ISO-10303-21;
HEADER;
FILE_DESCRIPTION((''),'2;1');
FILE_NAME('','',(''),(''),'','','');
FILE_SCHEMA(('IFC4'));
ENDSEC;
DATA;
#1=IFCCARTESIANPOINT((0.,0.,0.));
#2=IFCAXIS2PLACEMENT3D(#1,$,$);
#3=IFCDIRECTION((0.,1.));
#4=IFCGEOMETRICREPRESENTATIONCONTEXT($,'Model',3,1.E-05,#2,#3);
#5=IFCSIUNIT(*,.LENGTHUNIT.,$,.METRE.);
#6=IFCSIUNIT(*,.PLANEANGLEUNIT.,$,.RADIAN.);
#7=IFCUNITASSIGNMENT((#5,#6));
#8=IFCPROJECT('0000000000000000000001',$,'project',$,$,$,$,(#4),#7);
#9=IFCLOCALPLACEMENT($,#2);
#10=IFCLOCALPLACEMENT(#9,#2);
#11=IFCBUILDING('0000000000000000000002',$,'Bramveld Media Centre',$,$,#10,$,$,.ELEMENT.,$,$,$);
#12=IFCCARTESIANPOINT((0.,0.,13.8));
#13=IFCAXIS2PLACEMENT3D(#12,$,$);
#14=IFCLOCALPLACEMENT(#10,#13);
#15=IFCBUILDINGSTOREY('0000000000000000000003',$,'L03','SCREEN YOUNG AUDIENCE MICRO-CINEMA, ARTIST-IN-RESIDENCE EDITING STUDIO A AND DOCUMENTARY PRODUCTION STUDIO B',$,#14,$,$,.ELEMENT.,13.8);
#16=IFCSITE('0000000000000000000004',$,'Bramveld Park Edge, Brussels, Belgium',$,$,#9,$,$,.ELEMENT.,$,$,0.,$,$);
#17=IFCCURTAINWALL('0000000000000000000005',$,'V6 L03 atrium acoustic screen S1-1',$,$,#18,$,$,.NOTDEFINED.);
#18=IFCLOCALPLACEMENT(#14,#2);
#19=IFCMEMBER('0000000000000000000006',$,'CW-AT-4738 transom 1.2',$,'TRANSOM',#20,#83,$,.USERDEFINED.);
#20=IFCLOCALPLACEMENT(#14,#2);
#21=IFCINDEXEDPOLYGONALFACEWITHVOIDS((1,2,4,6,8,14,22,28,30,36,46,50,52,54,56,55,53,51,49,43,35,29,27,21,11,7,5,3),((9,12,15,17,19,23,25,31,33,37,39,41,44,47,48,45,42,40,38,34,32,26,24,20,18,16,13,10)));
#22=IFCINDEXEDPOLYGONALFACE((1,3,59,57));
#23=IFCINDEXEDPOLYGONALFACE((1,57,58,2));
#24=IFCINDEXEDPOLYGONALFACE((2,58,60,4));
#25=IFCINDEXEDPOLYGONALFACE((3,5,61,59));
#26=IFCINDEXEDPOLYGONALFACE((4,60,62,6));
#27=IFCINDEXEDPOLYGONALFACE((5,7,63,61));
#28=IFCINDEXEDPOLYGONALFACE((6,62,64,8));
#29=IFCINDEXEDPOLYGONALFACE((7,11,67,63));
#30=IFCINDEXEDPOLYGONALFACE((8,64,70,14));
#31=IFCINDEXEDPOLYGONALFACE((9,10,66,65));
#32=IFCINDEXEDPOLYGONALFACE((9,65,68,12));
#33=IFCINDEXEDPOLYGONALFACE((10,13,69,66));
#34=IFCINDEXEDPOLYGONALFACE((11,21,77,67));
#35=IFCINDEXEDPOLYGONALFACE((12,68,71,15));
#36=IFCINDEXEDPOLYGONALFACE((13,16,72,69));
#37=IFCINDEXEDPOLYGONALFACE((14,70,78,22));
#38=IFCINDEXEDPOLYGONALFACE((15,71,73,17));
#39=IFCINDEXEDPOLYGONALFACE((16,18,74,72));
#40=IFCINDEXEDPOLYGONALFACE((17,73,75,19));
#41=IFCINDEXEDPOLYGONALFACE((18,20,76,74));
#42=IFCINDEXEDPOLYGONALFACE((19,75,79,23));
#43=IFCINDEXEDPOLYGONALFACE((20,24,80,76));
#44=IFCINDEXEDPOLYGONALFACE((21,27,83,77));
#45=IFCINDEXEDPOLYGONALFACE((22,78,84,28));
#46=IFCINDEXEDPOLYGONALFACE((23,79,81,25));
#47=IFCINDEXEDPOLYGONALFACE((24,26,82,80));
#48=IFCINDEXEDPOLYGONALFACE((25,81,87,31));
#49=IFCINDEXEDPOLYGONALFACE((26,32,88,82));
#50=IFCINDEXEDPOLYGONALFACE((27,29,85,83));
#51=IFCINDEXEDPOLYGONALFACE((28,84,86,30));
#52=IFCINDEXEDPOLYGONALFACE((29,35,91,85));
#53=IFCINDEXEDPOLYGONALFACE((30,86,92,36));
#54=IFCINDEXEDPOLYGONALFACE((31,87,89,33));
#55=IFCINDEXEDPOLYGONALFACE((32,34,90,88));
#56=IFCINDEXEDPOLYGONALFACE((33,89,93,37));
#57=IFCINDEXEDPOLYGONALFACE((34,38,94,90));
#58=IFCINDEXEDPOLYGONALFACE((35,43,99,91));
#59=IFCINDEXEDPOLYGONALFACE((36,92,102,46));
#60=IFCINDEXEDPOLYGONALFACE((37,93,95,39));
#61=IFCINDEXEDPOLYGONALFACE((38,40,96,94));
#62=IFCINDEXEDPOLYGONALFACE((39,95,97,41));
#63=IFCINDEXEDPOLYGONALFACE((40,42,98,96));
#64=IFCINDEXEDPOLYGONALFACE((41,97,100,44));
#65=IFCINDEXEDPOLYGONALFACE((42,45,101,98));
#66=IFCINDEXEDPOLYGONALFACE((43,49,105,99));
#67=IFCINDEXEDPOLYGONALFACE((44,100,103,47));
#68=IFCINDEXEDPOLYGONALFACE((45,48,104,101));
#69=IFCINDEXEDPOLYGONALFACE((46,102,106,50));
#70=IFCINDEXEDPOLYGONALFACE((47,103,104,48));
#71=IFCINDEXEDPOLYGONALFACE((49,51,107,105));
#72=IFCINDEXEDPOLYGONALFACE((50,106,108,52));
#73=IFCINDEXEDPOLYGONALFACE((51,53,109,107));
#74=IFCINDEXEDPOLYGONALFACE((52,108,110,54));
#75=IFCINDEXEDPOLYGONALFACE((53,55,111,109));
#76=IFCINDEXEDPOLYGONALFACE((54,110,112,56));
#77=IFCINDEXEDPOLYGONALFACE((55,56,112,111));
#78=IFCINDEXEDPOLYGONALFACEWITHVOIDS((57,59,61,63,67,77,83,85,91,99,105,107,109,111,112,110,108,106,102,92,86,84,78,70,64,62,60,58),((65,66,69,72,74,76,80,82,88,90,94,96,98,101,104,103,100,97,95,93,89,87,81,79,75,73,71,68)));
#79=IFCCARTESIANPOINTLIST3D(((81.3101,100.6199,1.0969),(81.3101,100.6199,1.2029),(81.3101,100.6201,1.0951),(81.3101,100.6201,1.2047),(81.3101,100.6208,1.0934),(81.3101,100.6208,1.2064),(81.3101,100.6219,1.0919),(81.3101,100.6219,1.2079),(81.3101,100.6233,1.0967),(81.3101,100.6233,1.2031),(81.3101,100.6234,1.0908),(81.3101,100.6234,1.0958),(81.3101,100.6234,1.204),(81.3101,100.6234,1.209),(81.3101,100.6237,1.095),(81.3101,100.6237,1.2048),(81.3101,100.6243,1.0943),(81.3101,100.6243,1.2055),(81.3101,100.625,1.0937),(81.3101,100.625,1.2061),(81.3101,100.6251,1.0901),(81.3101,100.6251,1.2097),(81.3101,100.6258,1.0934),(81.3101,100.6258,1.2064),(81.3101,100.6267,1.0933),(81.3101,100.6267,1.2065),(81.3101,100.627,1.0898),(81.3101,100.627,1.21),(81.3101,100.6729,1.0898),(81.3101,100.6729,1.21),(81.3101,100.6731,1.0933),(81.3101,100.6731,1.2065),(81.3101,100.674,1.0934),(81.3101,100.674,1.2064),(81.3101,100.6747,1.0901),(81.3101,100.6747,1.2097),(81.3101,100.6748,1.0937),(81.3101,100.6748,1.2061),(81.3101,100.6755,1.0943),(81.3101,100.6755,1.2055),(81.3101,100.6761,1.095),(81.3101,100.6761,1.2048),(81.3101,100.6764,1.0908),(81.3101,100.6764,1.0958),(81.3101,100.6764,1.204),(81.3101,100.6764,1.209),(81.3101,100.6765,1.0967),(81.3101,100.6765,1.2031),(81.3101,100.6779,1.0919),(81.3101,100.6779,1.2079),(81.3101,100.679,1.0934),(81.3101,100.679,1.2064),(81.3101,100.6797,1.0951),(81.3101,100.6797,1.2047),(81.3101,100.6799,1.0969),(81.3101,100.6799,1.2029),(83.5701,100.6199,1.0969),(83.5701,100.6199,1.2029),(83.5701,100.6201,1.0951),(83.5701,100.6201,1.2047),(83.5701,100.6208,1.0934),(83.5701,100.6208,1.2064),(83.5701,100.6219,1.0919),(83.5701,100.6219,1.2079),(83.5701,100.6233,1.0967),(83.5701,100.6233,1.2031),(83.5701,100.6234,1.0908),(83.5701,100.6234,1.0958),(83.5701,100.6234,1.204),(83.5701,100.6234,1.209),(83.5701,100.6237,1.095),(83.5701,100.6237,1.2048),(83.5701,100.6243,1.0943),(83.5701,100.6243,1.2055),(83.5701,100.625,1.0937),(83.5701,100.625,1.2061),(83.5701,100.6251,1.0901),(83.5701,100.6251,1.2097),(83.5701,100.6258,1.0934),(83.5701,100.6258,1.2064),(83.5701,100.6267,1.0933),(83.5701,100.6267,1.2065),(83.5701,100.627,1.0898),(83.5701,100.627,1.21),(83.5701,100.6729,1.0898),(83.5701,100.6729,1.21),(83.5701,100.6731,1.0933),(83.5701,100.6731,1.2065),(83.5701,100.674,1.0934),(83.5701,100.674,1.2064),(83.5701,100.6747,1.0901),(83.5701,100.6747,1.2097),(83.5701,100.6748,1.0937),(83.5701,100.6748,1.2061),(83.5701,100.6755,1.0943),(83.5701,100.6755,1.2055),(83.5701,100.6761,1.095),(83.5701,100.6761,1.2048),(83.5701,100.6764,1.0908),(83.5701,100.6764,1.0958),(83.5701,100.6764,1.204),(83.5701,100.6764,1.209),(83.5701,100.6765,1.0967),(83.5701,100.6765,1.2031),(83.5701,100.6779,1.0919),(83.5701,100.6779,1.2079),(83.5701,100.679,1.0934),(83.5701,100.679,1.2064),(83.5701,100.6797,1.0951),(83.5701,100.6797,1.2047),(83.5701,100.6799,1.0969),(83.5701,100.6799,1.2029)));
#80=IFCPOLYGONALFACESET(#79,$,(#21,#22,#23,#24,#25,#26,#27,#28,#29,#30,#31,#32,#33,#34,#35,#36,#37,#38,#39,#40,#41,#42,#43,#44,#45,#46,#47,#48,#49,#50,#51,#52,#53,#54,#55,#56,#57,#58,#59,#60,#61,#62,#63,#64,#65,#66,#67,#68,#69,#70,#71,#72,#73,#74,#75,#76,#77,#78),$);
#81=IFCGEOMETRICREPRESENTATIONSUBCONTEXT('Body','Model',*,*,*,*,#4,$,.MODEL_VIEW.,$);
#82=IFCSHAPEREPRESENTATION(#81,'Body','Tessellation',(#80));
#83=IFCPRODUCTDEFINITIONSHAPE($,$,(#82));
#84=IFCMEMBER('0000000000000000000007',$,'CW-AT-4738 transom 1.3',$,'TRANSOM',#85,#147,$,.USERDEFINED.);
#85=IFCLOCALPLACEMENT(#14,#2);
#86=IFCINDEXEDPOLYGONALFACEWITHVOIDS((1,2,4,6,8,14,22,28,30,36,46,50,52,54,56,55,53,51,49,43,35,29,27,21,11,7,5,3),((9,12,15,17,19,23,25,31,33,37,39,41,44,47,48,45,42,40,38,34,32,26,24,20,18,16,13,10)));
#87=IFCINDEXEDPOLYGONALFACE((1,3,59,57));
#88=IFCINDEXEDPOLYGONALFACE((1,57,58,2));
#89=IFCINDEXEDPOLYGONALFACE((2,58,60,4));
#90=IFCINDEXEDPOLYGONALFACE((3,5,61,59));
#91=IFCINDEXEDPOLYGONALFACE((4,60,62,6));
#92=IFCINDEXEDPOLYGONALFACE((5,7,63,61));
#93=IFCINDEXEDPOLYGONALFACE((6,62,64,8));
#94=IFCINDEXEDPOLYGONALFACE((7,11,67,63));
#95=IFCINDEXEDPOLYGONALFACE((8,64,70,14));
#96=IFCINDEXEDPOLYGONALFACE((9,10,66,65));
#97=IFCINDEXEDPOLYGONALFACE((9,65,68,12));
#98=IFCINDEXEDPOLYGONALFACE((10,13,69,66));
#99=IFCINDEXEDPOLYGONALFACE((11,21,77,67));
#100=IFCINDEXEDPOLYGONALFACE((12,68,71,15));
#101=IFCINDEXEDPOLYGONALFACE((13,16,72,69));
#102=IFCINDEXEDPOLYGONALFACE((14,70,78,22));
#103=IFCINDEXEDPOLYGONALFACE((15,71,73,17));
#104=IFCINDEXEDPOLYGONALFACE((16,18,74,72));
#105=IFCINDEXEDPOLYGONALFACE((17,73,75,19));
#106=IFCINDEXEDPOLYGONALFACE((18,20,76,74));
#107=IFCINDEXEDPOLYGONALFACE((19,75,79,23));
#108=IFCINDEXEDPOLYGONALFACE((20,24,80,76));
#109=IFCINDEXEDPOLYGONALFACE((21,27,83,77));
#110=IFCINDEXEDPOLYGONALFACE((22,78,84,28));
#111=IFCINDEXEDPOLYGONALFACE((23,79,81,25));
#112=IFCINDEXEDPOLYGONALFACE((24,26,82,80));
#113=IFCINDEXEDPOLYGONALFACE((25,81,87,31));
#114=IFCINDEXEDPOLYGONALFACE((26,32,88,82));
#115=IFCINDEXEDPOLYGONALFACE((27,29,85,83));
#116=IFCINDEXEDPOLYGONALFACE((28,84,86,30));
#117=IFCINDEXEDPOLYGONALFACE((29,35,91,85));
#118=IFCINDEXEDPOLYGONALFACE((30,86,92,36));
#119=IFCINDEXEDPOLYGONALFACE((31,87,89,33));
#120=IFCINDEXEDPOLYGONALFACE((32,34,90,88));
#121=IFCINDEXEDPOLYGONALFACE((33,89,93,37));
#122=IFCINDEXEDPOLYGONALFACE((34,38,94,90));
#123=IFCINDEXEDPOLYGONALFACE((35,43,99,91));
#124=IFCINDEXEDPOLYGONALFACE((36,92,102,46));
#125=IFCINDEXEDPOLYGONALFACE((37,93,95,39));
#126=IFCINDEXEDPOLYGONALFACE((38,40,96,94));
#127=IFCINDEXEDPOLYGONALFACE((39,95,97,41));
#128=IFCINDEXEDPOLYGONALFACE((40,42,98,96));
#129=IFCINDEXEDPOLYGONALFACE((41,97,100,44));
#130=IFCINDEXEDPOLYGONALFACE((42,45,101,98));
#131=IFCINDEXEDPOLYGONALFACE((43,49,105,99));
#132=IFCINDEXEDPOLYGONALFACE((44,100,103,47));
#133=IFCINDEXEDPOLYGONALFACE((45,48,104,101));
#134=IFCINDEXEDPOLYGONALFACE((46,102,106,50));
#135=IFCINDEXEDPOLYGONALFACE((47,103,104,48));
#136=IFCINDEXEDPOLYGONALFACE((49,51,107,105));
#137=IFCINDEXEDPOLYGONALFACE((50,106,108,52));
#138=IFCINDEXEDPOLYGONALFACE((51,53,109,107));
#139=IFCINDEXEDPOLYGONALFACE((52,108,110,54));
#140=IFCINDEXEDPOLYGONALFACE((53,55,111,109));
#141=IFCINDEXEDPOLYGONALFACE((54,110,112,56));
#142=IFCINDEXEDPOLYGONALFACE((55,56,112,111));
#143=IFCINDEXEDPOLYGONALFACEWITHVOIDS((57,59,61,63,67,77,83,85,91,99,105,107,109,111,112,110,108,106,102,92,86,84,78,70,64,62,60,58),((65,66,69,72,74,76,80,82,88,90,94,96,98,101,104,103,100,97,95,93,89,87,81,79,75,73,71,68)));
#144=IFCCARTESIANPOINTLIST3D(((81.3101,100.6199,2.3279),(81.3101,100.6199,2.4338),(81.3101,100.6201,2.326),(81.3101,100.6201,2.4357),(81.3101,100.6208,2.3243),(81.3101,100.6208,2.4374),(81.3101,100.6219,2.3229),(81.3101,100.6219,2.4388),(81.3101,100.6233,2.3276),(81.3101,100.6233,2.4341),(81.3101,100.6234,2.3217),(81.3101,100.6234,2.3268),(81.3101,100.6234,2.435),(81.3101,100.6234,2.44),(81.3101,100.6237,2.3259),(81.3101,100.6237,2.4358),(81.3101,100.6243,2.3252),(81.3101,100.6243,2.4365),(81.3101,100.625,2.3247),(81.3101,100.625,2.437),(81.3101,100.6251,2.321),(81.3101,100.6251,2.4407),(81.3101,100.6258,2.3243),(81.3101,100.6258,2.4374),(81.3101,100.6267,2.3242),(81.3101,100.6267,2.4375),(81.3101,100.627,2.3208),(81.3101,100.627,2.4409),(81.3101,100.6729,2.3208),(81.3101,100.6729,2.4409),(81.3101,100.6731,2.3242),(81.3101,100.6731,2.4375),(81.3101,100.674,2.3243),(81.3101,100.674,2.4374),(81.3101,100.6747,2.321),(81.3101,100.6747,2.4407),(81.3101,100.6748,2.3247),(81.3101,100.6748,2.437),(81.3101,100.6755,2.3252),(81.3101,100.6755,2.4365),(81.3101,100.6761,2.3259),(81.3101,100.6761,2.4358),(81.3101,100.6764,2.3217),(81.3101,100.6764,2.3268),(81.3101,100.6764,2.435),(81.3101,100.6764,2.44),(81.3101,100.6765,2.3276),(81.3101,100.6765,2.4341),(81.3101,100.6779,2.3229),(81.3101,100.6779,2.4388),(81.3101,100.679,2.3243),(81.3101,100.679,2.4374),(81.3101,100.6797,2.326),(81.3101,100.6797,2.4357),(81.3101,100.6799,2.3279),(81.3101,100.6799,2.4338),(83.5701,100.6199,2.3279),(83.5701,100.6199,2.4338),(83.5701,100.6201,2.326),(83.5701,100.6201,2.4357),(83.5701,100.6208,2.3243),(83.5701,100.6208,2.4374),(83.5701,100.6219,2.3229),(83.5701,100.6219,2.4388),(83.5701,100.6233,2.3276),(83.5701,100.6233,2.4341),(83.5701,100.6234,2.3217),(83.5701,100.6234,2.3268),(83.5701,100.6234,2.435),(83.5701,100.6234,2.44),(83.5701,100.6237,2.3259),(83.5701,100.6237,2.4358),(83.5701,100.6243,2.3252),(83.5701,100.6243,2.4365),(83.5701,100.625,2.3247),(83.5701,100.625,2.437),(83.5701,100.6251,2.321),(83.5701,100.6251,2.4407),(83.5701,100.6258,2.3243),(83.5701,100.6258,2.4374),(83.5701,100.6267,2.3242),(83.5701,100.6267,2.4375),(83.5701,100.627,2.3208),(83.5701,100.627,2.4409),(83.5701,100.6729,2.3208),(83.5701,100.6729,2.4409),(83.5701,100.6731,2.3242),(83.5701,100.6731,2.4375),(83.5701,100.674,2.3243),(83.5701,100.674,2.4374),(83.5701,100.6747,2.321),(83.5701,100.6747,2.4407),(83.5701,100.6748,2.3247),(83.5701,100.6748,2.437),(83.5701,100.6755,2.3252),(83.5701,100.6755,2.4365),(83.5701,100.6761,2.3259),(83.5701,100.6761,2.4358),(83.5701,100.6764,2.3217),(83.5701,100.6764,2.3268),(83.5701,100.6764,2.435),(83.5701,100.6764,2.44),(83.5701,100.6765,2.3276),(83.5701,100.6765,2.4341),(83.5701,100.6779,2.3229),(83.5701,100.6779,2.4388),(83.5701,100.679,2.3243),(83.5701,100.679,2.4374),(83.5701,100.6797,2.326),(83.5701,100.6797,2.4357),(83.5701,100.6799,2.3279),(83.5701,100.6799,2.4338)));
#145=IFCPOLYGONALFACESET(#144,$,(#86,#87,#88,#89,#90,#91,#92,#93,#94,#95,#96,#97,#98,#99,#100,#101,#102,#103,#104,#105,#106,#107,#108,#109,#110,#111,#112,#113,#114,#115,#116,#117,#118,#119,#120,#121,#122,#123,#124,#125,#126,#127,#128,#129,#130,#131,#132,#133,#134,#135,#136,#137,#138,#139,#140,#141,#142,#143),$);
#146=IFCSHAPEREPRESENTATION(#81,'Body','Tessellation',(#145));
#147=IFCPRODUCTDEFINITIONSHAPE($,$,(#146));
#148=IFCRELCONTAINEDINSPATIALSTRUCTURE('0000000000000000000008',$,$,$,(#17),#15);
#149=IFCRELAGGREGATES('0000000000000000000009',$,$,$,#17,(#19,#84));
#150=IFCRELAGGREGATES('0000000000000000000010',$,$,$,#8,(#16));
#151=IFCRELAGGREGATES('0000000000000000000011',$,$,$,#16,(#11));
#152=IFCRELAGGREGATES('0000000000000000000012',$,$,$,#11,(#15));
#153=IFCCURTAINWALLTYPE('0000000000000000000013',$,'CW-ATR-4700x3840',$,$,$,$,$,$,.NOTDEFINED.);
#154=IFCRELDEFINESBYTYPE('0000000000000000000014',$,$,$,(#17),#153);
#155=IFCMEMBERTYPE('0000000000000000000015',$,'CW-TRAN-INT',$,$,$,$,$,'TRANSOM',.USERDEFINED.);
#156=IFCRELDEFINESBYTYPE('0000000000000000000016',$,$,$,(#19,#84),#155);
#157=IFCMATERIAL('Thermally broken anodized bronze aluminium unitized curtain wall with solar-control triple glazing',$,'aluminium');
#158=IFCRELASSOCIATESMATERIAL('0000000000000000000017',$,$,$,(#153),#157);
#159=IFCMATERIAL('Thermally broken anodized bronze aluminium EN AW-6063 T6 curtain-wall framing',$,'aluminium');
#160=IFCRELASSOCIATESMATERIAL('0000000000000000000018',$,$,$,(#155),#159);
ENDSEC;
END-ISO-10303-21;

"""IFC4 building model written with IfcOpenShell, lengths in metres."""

from ifc_helpers import new_model, si_unit, direction, frame, origin, origin_2d, place, context, subcontext, project, spatial, hollow_rectangle, extrude, material, material_profile, profile_set, type_object, element, aggregate, save


model = new_model("IFC4")

# Units and contexts
model_context = context("Model", 3, precision=1e-05, world=origin(), true_north=direction((0.0, 1.0)))
body_context = subcontext(model_context, "Body", "Model", "MODEL_VIEW")
ifc_project = project(units=[si_unit("LENGTHUNIT", "METRE"), si_unit("PLANEANGLEUNIT", "RADIAN")], contexts=[model_context])

# Site, building, storey
site_placement = place(None, origin())
site = spatial("IfcSite", under=ifc_project, at=site_placement, Name="Bramveld Park Edge, Brussels, Belgium", CompositionType="ELEMENT", RefElevation=0.0)
building_placement = place(site_placement, origin())
building = spatial("IfcBuilding", under=site, at=building_placement, Name="Bramveld Media Centre", CompositionType="ELEMENT")
storey_placement = place(building_placement, frame((0.0, 0.0, 13.8)))
storey = spatial("IfcBuildingStorey", under=building, at=storey_placement, Name="L03", Description="SCREEN YOUNG AUDIENCE MICRO-CINEMA, ARTIST-IN-RESIDENCE EDITING STUDIO A AND DOCUMENTARY PRODUCTION STUDIO B", CompositionType="ELEMENT", Elevation=13.8)

# Curtain wall, members
ifc_material_1 = material(Name="Thermally broken anodized bronze aluminium unitized curtain wall with solar-control triple glazing", Category="aluminium")
curtain_wall_type = type_object("IfcCurtainWallType", Name="CW-ATR-4700x3840", PredefinedType="NOTDEFINED", material=ifc_material_1)
curtain_wall_placement = place(storey_placement, origin())
curtain_wall = element("IfcCurtainWall", 1, at=curtain_wall_placement, inside=storey, type_object=curtain_wall_type, Name="V6 L03 atrium acoustic screen S1-1", PredefinedType="NOTDEFINED")
ifc_material_2 = material(Name="Thermally broken anodized bronze aluminium EN AW-6063 T6 curtain-wall framing", Category="aluminium")
ifc_material_profile_1 = material_profile(ifc_material_2, hollow_rectangle(XDim=0.0601, YDim=0.1201, WallThickness=0.0034, InnerFilletRadius=0.0034, OuterFilletRadius=0.0071, at=origin_2d()), Name="AL-TRAN 60x120")
ifc_profile_set_1 = profile_set([ifc_material_profile_1], Name="Thermally broken anodized bronze aluminium EN AW-6063 T6 curtain-wall framing")
member_type_1 = type_object("IfcMemberType", Name="CW-TRAN-INT", ElementType="TRANSOM", PredefinedType="USERDEFINED", material=ifc_profile_set_1)
member_1_placement = place(storey_placement, frame((81.3101, 100.6499, 1.1499), z_axis=(1.0, 0.0, 0.0), x_axis=(0.0, 1.0, 0.0)))
member_1 = element("IfcMember", 2, at=member_1_placement, type_object=member_type_1, Name="CW-AT-4738 transom 1.2", ObjectType="TRANSOM", PredefinedType="USERDEFINED", context=body_context, shape_type="SweptSolid", body=[
    extrude(hollow_rectangle(XDim=0.0601, YDim=0.1201, WallThickness=0.0034, InnerFilletRadius=0.0034, OuterFilletRadius=0.0071, at=origin_2d()), origin(), (0.0, 0.0, 1.0), 2.26),
])
member_2_placement = place(storey_placement, frame((81.3101, 100.6499, 2.3809), z_axis=(1.0, 0.0, 0.0), x_axis=(0.0, 1.0, 0.0)))
member_2 = element("IfcMember", 3, at=member_2_placement, type_object=member_type_1, Name="CW-AT-4738 transom 1.3", ObjectType="TRANSOM", PredefinedType="USERDEFINED", context=body_context, shape_type="SweptSolid", body=[
    extrude(hollow_rectangle(XDim=0.0601, YDim=0.1201, WallThickness=0.0034, InnerFilletRadius=0.0034, OuterFilletRadius=0.0071, at=origin_2d()), origin(), (0.0, 0.0, 1.0), 2.26),
])
aggregate(curtain_wall, [member_1, member_2])

save(model, "model.ifc")
